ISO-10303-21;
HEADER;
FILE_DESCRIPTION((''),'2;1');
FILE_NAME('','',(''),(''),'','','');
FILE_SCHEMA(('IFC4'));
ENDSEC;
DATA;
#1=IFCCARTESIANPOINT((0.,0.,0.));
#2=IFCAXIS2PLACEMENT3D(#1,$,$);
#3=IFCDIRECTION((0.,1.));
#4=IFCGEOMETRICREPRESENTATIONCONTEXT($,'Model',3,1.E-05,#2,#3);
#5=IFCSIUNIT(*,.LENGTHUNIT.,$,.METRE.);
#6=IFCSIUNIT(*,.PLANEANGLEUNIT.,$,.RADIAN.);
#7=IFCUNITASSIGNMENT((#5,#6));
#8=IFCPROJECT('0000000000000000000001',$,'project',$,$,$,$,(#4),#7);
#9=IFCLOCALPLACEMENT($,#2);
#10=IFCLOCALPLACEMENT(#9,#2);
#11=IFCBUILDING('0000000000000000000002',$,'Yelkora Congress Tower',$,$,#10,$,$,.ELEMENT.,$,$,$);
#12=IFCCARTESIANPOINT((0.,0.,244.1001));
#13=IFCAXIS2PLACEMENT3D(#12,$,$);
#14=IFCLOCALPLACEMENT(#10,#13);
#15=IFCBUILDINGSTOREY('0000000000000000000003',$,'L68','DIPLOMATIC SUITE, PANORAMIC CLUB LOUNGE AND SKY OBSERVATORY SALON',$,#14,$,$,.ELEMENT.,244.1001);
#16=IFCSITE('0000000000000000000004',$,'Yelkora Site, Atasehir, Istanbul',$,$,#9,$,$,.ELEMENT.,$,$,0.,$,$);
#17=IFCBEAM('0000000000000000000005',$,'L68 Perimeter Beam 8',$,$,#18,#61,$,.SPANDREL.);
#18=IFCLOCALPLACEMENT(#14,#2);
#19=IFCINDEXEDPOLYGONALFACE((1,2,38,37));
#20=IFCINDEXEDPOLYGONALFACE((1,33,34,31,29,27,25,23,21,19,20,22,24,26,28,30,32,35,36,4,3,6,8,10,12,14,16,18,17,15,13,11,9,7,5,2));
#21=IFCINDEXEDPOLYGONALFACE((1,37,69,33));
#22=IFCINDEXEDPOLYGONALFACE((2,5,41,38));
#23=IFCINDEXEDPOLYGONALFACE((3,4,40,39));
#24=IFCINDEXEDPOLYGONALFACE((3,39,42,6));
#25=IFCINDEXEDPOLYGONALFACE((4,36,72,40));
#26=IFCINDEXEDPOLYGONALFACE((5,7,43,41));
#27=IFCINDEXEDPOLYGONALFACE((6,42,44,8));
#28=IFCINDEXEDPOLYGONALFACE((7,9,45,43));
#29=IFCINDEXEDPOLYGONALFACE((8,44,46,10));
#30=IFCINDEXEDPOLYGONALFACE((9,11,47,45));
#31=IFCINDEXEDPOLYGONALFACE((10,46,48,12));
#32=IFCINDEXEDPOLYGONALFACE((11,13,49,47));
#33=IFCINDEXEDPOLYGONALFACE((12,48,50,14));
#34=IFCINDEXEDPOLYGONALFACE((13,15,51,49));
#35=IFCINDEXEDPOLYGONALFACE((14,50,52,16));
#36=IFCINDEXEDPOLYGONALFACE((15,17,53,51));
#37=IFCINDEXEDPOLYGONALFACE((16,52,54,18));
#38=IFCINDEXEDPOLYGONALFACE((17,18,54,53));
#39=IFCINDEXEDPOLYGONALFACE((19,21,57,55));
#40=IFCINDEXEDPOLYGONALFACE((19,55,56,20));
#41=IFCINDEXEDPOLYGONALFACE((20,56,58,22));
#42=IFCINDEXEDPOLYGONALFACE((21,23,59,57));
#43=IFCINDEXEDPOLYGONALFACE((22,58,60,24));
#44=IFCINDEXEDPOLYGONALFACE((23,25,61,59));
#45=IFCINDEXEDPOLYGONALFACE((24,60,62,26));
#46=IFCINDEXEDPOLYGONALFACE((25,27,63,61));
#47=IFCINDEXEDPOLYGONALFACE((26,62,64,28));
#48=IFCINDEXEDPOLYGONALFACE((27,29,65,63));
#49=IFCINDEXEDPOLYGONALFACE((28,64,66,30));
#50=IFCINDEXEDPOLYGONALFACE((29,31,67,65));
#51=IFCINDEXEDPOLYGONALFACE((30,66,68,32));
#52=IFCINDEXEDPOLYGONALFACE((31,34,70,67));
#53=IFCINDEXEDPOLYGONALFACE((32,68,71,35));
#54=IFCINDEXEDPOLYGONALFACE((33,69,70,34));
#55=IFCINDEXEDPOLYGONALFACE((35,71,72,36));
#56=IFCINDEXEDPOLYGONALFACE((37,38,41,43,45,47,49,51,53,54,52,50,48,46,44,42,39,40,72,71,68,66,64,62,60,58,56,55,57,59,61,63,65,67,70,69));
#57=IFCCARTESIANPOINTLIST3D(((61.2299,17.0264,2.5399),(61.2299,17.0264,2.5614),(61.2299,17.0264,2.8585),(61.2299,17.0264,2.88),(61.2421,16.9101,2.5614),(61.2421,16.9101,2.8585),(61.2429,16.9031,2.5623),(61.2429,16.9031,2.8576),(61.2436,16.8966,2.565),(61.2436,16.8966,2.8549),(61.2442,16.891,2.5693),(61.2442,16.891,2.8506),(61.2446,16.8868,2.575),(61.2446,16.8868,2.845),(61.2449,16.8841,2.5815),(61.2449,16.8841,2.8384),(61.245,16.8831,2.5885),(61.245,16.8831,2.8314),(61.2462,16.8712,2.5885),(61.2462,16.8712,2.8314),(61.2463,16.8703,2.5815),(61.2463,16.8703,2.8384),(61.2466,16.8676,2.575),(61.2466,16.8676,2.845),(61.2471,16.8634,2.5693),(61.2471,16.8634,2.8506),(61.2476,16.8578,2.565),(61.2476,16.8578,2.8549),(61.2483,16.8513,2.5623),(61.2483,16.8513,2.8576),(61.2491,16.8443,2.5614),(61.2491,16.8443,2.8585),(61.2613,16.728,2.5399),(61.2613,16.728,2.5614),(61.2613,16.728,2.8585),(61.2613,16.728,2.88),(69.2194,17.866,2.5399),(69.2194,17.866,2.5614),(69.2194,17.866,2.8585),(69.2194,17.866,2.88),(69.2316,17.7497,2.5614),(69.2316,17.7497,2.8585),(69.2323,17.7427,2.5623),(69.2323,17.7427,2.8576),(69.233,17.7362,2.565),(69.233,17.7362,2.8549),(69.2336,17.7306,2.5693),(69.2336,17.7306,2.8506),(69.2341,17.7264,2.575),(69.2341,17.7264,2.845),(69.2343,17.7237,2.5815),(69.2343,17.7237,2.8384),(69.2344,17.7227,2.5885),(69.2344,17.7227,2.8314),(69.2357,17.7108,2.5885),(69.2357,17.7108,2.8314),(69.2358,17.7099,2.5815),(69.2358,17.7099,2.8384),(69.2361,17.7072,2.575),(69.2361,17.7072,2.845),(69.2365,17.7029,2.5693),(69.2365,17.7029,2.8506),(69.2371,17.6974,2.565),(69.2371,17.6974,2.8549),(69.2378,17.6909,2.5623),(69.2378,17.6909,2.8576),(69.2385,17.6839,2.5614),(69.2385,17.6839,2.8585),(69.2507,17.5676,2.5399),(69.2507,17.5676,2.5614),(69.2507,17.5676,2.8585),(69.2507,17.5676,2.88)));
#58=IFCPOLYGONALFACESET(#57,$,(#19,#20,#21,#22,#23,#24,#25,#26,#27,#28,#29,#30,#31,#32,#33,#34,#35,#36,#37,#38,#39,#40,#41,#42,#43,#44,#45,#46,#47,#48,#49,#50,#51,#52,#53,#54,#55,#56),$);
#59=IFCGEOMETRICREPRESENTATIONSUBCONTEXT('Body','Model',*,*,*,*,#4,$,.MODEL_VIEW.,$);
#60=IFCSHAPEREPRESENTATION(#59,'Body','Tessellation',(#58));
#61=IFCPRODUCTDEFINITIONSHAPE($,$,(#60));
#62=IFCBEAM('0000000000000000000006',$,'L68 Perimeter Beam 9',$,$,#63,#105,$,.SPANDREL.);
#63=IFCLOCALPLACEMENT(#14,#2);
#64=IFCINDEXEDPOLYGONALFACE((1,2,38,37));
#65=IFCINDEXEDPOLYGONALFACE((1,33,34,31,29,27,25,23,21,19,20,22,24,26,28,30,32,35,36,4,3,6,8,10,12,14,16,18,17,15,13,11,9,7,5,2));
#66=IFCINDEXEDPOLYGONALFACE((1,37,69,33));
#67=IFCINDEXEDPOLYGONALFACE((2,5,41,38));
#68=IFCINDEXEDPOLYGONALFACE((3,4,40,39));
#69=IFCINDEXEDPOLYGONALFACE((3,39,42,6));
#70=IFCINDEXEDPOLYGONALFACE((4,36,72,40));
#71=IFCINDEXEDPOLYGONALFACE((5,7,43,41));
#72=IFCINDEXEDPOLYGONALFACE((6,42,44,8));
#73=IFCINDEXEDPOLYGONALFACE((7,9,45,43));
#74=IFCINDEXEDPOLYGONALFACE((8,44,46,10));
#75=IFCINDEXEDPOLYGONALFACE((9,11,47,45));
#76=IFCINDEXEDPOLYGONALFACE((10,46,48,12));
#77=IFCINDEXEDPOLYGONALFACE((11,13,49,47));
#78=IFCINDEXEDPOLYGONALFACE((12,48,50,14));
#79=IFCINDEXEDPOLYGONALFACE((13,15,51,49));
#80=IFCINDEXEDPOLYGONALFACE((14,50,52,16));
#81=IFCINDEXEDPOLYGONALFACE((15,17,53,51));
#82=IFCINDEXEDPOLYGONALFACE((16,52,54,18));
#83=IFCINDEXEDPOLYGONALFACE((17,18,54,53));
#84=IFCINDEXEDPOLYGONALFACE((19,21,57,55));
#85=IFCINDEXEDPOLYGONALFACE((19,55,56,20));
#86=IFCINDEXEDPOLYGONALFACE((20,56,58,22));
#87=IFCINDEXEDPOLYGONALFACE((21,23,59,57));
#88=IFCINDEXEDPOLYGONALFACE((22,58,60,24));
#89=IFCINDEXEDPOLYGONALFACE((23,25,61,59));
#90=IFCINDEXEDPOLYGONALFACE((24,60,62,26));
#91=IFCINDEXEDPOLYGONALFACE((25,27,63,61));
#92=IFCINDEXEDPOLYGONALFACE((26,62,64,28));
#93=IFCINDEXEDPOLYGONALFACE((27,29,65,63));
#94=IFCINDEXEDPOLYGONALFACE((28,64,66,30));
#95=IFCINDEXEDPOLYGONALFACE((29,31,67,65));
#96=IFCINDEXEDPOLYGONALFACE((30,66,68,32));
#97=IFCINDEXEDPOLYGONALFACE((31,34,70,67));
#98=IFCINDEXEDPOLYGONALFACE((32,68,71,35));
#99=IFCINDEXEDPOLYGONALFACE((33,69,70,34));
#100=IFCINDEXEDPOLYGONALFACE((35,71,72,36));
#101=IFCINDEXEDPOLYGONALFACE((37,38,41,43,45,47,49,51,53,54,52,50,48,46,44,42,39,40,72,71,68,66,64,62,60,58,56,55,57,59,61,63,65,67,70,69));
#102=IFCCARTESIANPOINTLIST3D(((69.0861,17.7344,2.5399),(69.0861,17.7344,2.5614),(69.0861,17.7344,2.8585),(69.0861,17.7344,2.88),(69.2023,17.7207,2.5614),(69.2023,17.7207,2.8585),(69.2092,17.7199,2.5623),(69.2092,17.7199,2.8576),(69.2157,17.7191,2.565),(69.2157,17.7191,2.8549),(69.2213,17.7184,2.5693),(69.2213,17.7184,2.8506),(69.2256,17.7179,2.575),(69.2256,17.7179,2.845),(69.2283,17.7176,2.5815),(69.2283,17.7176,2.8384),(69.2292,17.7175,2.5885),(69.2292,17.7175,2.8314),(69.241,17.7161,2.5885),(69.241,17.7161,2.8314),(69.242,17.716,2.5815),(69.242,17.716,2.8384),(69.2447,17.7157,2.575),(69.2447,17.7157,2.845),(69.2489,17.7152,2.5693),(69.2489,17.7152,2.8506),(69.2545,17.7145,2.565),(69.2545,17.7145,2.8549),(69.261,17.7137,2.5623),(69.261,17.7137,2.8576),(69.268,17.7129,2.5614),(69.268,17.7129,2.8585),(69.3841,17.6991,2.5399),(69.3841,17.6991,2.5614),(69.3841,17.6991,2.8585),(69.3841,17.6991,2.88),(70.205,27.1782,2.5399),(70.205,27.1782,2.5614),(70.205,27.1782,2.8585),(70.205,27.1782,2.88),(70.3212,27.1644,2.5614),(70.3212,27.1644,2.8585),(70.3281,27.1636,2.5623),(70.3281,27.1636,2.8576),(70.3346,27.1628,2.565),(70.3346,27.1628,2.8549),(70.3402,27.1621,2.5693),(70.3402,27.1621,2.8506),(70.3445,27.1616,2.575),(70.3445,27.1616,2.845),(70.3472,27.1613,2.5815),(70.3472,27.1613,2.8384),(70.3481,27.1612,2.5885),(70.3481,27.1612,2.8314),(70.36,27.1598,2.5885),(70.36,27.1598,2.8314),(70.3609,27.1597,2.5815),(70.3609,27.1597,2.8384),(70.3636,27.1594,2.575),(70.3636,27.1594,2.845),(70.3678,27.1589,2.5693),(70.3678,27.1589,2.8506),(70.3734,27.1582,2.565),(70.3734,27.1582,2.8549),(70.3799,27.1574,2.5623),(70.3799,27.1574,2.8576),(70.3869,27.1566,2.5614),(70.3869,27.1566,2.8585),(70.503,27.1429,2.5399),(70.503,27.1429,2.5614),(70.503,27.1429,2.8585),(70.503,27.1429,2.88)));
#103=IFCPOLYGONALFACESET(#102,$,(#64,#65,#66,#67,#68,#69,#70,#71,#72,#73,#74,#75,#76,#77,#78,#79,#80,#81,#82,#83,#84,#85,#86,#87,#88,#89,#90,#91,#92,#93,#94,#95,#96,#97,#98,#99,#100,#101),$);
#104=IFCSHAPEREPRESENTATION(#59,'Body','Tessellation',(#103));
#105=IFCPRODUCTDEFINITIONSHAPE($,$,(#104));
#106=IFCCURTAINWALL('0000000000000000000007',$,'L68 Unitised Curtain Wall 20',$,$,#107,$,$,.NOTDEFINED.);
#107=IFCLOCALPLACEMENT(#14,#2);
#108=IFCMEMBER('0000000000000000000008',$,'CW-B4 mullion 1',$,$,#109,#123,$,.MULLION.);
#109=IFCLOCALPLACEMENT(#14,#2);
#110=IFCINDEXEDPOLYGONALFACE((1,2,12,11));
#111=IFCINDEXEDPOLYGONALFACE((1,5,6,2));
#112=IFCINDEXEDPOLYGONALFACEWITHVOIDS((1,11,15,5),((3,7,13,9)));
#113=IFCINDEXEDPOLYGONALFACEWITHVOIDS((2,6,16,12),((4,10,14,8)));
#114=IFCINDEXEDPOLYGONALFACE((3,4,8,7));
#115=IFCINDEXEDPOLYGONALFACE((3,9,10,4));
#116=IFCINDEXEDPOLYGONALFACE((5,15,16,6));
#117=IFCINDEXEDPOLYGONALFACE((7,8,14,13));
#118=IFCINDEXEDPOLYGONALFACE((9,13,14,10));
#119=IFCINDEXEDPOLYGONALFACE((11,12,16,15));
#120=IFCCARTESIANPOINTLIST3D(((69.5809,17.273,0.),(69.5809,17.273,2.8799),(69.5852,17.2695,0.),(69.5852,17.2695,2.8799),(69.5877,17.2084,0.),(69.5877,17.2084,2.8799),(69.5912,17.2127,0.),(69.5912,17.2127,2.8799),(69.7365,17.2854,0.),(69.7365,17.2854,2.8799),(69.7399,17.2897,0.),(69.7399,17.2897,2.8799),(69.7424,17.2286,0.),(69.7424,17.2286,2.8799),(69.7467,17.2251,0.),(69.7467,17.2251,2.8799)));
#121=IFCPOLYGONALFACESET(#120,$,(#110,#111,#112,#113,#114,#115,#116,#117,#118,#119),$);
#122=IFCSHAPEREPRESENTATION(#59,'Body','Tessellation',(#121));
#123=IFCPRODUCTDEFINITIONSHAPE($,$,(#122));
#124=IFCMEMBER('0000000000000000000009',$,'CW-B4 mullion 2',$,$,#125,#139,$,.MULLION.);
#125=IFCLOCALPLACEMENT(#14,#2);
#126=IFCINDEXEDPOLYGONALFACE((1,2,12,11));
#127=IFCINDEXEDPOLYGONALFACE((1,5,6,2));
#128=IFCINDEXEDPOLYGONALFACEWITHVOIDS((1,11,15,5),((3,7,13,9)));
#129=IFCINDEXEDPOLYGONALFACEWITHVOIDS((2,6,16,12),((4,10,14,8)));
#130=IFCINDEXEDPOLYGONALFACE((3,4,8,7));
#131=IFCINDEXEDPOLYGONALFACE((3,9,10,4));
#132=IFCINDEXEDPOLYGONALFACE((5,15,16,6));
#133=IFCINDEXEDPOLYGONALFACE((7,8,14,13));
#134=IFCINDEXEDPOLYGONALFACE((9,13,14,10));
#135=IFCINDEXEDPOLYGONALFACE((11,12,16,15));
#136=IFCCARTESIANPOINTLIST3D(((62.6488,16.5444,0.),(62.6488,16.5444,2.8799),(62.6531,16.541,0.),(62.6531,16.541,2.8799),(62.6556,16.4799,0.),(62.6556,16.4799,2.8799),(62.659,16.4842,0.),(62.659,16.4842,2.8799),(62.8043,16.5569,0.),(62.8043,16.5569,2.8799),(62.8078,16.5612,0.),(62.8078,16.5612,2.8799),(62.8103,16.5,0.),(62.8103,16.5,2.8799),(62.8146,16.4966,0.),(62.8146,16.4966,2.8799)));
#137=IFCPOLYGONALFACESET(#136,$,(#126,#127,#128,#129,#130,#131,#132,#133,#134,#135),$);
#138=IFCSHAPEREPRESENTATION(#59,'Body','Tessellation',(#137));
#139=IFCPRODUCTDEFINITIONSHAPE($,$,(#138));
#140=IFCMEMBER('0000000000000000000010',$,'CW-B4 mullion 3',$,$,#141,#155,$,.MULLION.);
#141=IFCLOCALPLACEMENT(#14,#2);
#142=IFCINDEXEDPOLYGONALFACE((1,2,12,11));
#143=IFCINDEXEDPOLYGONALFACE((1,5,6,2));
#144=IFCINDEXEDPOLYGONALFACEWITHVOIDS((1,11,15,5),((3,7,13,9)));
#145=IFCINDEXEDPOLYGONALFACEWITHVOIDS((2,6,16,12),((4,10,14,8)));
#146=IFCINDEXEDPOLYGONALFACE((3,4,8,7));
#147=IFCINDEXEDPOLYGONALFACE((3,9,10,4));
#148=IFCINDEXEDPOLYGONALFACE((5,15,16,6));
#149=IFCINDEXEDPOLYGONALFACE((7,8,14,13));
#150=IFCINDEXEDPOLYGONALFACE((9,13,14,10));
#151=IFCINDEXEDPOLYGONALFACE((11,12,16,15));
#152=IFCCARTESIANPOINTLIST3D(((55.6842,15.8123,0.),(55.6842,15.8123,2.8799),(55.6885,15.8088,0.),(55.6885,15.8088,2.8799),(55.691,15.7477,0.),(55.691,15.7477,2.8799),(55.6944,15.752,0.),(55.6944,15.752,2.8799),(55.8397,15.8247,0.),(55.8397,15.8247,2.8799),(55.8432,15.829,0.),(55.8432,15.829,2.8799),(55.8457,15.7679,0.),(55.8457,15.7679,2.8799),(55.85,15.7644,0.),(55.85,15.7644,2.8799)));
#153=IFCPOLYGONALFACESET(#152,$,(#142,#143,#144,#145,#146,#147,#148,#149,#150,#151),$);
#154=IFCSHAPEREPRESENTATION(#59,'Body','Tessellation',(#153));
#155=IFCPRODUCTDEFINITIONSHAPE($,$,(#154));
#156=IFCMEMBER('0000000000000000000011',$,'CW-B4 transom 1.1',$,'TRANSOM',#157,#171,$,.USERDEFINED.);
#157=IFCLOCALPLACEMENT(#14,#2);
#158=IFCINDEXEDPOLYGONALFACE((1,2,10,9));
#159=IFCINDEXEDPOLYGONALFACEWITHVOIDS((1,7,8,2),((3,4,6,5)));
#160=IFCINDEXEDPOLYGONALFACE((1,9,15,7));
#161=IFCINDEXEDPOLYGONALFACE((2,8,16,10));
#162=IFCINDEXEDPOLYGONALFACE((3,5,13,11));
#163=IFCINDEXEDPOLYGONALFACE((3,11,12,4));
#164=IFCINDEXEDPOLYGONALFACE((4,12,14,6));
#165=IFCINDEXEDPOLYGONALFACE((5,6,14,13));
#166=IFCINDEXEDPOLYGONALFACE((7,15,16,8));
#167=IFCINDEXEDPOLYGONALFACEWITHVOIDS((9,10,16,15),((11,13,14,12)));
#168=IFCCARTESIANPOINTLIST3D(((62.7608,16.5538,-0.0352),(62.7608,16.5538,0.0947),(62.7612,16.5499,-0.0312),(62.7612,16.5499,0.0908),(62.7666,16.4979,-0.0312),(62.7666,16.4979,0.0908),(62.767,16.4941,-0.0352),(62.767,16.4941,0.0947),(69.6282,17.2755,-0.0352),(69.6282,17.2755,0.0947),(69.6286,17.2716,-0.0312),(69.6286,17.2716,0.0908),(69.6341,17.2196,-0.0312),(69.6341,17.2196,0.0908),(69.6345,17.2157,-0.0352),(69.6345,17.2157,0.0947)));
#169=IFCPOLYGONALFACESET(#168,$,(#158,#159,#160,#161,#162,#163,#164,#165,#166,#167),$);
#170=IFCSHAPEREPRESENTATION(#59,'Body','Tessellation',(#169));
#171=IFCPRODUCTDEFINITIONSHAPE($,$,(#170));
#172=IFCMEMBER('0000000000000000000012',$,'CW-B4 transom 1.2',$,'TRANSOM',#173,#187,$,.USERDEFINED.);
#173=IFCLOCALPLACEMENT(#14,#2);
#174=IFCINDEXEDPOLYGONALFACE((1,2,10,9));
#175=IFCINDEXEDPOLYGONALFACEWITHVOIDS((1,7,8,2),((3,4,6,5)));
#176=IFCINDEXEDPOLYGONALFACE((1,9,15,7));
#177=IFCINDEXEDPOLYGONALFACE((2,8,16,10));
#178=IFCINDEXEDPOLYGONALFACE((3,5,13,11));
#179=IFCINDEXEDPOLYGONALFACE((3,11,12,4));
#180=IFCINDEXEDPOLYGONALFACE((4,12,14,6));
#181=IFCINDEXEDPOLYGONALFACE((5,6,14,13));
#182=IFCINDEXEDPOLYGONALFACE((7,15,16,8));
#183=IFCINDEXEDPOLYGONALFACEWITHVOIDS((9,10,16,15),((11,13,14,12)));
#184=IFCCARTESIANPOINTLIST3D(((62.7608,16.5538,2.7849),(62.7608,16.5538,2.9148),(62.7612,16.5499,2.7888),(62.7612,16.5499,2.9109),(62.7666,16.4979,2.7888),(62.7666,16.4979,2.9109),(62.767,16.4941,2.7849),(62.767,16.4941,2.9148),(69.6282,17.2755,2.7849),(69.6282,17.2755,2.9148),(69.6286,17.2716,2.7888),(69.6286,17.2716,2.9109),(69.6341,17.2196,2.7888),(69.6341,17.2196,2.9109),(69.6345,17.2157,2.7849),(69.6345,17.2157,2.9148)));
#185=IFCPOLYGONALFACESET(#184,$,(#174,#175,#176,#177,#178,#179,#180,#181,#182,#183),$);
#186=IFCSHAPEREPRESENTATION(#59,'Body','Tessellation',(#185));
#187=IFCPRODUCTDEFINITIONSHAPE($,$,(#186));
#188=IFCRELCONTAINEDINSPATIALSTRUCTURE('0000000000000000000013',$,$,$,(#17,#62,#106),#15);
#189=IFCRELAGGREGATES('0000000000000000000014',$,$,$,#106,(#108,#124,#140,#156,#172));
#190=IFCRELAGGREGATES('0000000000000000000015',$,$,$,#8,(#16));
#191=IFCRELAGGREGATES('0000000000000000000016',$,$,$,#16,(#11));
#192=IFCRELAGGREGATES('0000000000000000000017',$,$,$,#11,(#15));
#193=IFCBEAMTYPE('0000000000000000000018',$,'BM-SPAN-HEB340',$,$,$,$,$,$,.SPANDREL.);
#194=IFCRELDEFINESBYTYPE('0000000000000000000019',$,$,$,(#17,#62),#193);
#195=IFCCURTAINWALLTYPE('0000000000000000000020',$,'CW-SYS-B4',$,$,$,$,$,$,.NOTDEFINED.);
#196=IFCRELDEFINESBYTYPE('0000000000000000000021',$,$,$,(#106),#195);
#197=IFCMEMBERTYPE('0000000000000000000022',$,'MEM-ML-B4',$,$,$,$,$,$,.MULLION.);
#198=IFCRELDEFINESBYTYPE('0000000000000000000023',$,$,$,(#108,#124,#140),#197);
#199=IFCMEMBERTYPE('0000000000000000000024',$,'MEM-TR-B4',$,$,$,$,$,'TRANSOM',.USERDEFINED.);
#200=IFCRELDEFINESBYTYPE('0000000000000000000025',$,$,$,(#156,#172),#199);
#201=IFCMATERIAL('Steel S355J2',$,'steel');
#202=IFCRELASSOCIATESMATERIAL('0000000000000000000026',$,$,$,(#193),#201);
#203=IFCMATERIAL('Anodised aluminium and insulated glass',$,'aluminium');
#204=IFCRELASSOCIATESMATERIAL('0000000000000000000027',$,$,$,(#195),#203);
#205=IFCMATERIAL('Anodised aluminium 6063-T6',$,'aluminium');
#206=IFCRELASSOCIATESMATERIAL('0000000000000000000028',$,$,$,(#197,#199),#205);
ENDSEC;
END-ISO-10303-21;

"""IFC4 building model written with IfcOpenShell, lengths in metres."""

from ifc_helpers import new_model, si_unit, direction, frame, origin, origin_2d, place, context, subcontext, project, spatial, hollow_rectangle, i_section, extrude, material, material_profile, profile_set, type_object, element, aggregate, save


model = new_model("IFC4")

# Units and contexts
model_context = context("Model", 3, precision=1e-05, world=origin(), true_north=direction((0.0, 1.0)))
body_context = subcontext(model_context, "Body", "Model", "MODEL_VIEW")
ifc_project = project(units=[si_unit("LENGTHUNIT", "METRE"), si_unit("PLANEANGLEUNIT", "RADIAN")], contexts=[model_context])

# Site, building, storey
site_placement = place(None, origin())
site = spatial("IfcSite", under=ifc_project, at=site_placement, Name="Yelkora Site, Atasehir, Istanbul", CompositionType="ELEMENT", RefElevation=0.0)
building_placement = place(site_placement, origin())
building = spatial("IfcBuilding", under=site, at=building_placement, Name="Yelkora Congress Tower", CompositionType="ELEMENT")
storey_placement = place(building_placement, frame((0.0, 0.0, 244.1001)))
storey = spatial("IfcBuildingStorey", under=building, at=storey_placement, Name="L68", Description="DIPLOMATIC SUITE, PANORAMIC CLUB LOUNGE AND SKY OBSERVATORY SALON", CompositionType="ELEMENT", Elevation=244.1001)

# Shared definitions
ifc_material_1 = material(Name="Steel S355J2", Category="steel")

# Beams
ifc_material_profile_1 = material_profile(ifc_material_1, i_section(OverallWidth=0.3, OverallDepth=0.3401, WebThickness=0.012, FlangeThickness=0.0215, FilletRadius=0.0271, at=origin_2d()), Name="HEB 340")
ifc_profile_set_1 = profile_set([ifc_material_profile_1], Name="Steel S355J2")
beam_type_1 = type_object("IfcBeamType", Name="BM-SPAN-HEB340", PredefinedType="SPANDREL", material=ifc_profile_set_1)
beam_1_placement = place(storey_placement, frame((61.2456, 16.8772, 2.71), z_axis=(0.994524, 0.104512, 0.0), x_axis=(-0.104512, 0.994524, 0.0)))
element("IfcBeam", 1, at=beam_1_placement, inside=storey, type_object=beam_type_1, Name="L68 Perimeter Beam 8", PredefinedType="SPANDREL", context=body_context, shape_type="SweptSolid", body=[
    extrude(i_section(OverallWidth=0.3, OverallDepth=0.3401, WebThickness=0.012, FlangeThickness=0.0215, FilletRadius=0.0271, at=origin_2d()), origin(), (0.0, 0.0, 1.0), 8.0334),
])
beam_2_placement = place(storey_placement, frame((69.2351, 17.7168, 2.71), z_axis=(0.117659, 0.993054, 0.0), x_axis=(-0.993054, 0.117659, 0.0)))
element("IfcBeam", 2, at=beam_2_placement, inside=storey, type_object=beam_type_1, Name="L68 Perimeter Beam 9", PredefinedType="SPANDREL", context=body_context, shape_type="SweptSolid", body=[
    extrude(i_section(OverallWidth=0.3, OverallDepth=0.3401, WebThickness=0.012, FlangeThickness=0.0215, FilletRadius=0.0271, at=origin_2d()), origin(), (0.0, 0.0, 1.0), 9.5098),
])

# Curtain wall, members
ifc_material_2 = material(Name="Anodised aluminium and insulated glass", Category="aluminium")
curtain_wall_type = type_object("IfcCurtainWallType", Name="CW-SYS-B4", PredefinedType="NOTDEFINED", material=ifc_material_2)
curtain_wall_placement = place(storey_placement, origin())
curtain_wall = element("IfcCurtainWall", 3, at=curtain_wall_placement, inside=storey, type_object=curtain_wall_type, Name="L68 Unitised Curtain Wall 20", PredefinedType="NOTDEFINED")
ifc_material_3 = material(Name="Anodised aluminium 6063-T6", Category="aluminium")
ifc_material_profile_2 = material_profile(ifc_material_3, hollow_rectangle(XDim=0.0649, YDim=0.1599, WallThickness=0.0039, at=origin_2d()), Name="ALU 65x160x4")
ifc_profile_set_2 = profile_set([ifc_material_profile_2], Name="Anodised aluminium 6063-T6")
member_type_1 = type_object("IfcMemberType", Name="MEM-ML-B4", PredefinedType="MULLION", material=ifc_profile_set_2)
member_1_placement = place(storey_placement, frame((69.6638, 17.249, 0.0), z_axis=(0.0, 0.0, 1.0), x_axis=(0.104527, -0.994522, 0.0)))
member_1 = element("IfcMember", 4, at=member_1_placement, type_object=member_type_1, Name="CW-B4 mullion 1", PredefinedType="MULLION", context=body_context, shape_type="SweptSolid", body=[
    extrude(hollow_rectangle(XDim=0.0649, YDim=0.1599, WallThickness=0.0039, at=origin_2d()), origin(), (0.0, 0.0, 1.0), 2.8799),
])
member_2_placement = place(storey_placement, frame((62.7317, 16.5205, 0.0), z_axis=(0.0, 0.0, 1.0), x_axis=(0.104527, -0.994522, 0.0)))
member_2 = element("IfcMember", 5, at=member_2_placement, type_object=member_type_1, Name="CW-B4 mullion 2", PredefinedType="MULLION", context=body_context, shape_type="SweptSolid", body=[
    extrude(hollow_rectangle(XDim=0.0649, YDim=0.1599, WallThickness=0.0039, at=origin_2d()), origin(), (0.0, 0.0, 1.0), 2.8799),
])
member_3_placement = place(storey_placement, frame((55.7671, 15.7883, 0.0), z_axis=(0.0, 0.0, 1.0), x_axis=(0.104527, -0.994522, 0.0)))
member_3 = element("IfcMember", 6, at=member_3_placement, type_object=member_type_1, Name="CW-B4 mullion 3", PredefinedType="MULLION", context=body_context, shape_type="SweptSolid", body=[
    extrude(hollow_rectangle(XDim=0.0649, YDim=0.1599, WallThickness=0.0039, at=origin_2d()), origin(), (0.0, 0.0, 1.0), 2.8799),
])
ifc_material_profile_3 = material_profile(ifc_material_3, hollow_rectangle(XDim=0.0601, YDim=0.1299, WallThickness=0.0039, at=origin_2d()), Name="ALU 60x130x4")
ifc_profile_set_3 = profile_set([ifc_material_profile_3], Name="Anodised aluminium 6063-T6")
member_type_2 = type_object("IfcMemberType", Name="MEM-TR-B4", ElementType="TRANSOM", PredefinedType="USERDEFINED", material=ifc_profile_set_3)
member_4_placement = place(storey_placement, frame((69.6313, 17.2456, 0.0298), z_axis=(-0.994524, -0.104512, 0.0), x_axis=(0.104512, -0.994524, 0.0)))
member_4 = element("IfcMember", 7, at=member_4_placement, type_object=member_type_2, Name="CW-B4 transom 1.1", ObjectType="TRANSOM", PredefinedType="USERDEFINED", context=body_context, shape_type="SweptSolid", body=[
    extrude(hollow_rectangle(XDim=0.0601, YDim=0.1299, WallThickness=0.0039, at=origin_2d()), origin(), (0.0, 0.0, 1.0), 6.9053),
])
member_5_placement = place(storey_placement, frame((69.6313, 17.2456, 2.8499), z_axis=(-0.994524, -0.104512, 0.0), x_axis=(0.104512, -0.994524, 0.0)))
member_5 = element("IfcMember", 8, at=member_5_placement, type_object=member_type_2, Name="CW-B4 transom 1.2", ObjectType="TRANSOM", PredefinedType="USERDEFINED", context=body_context, shape_type="SweptSolid", body=[
    extrude(hollow_rectangle(XDim=0.0601, YDim=0.1299, WallThickness=0.0039, at=origin_2d()), origin(), (0.0, 0.0, 1.0), 6.9053),
])
aggregate(curtain_wall, [member_1, member_2, member_3, member_4, member_5])

save(model, "model.ifc")
